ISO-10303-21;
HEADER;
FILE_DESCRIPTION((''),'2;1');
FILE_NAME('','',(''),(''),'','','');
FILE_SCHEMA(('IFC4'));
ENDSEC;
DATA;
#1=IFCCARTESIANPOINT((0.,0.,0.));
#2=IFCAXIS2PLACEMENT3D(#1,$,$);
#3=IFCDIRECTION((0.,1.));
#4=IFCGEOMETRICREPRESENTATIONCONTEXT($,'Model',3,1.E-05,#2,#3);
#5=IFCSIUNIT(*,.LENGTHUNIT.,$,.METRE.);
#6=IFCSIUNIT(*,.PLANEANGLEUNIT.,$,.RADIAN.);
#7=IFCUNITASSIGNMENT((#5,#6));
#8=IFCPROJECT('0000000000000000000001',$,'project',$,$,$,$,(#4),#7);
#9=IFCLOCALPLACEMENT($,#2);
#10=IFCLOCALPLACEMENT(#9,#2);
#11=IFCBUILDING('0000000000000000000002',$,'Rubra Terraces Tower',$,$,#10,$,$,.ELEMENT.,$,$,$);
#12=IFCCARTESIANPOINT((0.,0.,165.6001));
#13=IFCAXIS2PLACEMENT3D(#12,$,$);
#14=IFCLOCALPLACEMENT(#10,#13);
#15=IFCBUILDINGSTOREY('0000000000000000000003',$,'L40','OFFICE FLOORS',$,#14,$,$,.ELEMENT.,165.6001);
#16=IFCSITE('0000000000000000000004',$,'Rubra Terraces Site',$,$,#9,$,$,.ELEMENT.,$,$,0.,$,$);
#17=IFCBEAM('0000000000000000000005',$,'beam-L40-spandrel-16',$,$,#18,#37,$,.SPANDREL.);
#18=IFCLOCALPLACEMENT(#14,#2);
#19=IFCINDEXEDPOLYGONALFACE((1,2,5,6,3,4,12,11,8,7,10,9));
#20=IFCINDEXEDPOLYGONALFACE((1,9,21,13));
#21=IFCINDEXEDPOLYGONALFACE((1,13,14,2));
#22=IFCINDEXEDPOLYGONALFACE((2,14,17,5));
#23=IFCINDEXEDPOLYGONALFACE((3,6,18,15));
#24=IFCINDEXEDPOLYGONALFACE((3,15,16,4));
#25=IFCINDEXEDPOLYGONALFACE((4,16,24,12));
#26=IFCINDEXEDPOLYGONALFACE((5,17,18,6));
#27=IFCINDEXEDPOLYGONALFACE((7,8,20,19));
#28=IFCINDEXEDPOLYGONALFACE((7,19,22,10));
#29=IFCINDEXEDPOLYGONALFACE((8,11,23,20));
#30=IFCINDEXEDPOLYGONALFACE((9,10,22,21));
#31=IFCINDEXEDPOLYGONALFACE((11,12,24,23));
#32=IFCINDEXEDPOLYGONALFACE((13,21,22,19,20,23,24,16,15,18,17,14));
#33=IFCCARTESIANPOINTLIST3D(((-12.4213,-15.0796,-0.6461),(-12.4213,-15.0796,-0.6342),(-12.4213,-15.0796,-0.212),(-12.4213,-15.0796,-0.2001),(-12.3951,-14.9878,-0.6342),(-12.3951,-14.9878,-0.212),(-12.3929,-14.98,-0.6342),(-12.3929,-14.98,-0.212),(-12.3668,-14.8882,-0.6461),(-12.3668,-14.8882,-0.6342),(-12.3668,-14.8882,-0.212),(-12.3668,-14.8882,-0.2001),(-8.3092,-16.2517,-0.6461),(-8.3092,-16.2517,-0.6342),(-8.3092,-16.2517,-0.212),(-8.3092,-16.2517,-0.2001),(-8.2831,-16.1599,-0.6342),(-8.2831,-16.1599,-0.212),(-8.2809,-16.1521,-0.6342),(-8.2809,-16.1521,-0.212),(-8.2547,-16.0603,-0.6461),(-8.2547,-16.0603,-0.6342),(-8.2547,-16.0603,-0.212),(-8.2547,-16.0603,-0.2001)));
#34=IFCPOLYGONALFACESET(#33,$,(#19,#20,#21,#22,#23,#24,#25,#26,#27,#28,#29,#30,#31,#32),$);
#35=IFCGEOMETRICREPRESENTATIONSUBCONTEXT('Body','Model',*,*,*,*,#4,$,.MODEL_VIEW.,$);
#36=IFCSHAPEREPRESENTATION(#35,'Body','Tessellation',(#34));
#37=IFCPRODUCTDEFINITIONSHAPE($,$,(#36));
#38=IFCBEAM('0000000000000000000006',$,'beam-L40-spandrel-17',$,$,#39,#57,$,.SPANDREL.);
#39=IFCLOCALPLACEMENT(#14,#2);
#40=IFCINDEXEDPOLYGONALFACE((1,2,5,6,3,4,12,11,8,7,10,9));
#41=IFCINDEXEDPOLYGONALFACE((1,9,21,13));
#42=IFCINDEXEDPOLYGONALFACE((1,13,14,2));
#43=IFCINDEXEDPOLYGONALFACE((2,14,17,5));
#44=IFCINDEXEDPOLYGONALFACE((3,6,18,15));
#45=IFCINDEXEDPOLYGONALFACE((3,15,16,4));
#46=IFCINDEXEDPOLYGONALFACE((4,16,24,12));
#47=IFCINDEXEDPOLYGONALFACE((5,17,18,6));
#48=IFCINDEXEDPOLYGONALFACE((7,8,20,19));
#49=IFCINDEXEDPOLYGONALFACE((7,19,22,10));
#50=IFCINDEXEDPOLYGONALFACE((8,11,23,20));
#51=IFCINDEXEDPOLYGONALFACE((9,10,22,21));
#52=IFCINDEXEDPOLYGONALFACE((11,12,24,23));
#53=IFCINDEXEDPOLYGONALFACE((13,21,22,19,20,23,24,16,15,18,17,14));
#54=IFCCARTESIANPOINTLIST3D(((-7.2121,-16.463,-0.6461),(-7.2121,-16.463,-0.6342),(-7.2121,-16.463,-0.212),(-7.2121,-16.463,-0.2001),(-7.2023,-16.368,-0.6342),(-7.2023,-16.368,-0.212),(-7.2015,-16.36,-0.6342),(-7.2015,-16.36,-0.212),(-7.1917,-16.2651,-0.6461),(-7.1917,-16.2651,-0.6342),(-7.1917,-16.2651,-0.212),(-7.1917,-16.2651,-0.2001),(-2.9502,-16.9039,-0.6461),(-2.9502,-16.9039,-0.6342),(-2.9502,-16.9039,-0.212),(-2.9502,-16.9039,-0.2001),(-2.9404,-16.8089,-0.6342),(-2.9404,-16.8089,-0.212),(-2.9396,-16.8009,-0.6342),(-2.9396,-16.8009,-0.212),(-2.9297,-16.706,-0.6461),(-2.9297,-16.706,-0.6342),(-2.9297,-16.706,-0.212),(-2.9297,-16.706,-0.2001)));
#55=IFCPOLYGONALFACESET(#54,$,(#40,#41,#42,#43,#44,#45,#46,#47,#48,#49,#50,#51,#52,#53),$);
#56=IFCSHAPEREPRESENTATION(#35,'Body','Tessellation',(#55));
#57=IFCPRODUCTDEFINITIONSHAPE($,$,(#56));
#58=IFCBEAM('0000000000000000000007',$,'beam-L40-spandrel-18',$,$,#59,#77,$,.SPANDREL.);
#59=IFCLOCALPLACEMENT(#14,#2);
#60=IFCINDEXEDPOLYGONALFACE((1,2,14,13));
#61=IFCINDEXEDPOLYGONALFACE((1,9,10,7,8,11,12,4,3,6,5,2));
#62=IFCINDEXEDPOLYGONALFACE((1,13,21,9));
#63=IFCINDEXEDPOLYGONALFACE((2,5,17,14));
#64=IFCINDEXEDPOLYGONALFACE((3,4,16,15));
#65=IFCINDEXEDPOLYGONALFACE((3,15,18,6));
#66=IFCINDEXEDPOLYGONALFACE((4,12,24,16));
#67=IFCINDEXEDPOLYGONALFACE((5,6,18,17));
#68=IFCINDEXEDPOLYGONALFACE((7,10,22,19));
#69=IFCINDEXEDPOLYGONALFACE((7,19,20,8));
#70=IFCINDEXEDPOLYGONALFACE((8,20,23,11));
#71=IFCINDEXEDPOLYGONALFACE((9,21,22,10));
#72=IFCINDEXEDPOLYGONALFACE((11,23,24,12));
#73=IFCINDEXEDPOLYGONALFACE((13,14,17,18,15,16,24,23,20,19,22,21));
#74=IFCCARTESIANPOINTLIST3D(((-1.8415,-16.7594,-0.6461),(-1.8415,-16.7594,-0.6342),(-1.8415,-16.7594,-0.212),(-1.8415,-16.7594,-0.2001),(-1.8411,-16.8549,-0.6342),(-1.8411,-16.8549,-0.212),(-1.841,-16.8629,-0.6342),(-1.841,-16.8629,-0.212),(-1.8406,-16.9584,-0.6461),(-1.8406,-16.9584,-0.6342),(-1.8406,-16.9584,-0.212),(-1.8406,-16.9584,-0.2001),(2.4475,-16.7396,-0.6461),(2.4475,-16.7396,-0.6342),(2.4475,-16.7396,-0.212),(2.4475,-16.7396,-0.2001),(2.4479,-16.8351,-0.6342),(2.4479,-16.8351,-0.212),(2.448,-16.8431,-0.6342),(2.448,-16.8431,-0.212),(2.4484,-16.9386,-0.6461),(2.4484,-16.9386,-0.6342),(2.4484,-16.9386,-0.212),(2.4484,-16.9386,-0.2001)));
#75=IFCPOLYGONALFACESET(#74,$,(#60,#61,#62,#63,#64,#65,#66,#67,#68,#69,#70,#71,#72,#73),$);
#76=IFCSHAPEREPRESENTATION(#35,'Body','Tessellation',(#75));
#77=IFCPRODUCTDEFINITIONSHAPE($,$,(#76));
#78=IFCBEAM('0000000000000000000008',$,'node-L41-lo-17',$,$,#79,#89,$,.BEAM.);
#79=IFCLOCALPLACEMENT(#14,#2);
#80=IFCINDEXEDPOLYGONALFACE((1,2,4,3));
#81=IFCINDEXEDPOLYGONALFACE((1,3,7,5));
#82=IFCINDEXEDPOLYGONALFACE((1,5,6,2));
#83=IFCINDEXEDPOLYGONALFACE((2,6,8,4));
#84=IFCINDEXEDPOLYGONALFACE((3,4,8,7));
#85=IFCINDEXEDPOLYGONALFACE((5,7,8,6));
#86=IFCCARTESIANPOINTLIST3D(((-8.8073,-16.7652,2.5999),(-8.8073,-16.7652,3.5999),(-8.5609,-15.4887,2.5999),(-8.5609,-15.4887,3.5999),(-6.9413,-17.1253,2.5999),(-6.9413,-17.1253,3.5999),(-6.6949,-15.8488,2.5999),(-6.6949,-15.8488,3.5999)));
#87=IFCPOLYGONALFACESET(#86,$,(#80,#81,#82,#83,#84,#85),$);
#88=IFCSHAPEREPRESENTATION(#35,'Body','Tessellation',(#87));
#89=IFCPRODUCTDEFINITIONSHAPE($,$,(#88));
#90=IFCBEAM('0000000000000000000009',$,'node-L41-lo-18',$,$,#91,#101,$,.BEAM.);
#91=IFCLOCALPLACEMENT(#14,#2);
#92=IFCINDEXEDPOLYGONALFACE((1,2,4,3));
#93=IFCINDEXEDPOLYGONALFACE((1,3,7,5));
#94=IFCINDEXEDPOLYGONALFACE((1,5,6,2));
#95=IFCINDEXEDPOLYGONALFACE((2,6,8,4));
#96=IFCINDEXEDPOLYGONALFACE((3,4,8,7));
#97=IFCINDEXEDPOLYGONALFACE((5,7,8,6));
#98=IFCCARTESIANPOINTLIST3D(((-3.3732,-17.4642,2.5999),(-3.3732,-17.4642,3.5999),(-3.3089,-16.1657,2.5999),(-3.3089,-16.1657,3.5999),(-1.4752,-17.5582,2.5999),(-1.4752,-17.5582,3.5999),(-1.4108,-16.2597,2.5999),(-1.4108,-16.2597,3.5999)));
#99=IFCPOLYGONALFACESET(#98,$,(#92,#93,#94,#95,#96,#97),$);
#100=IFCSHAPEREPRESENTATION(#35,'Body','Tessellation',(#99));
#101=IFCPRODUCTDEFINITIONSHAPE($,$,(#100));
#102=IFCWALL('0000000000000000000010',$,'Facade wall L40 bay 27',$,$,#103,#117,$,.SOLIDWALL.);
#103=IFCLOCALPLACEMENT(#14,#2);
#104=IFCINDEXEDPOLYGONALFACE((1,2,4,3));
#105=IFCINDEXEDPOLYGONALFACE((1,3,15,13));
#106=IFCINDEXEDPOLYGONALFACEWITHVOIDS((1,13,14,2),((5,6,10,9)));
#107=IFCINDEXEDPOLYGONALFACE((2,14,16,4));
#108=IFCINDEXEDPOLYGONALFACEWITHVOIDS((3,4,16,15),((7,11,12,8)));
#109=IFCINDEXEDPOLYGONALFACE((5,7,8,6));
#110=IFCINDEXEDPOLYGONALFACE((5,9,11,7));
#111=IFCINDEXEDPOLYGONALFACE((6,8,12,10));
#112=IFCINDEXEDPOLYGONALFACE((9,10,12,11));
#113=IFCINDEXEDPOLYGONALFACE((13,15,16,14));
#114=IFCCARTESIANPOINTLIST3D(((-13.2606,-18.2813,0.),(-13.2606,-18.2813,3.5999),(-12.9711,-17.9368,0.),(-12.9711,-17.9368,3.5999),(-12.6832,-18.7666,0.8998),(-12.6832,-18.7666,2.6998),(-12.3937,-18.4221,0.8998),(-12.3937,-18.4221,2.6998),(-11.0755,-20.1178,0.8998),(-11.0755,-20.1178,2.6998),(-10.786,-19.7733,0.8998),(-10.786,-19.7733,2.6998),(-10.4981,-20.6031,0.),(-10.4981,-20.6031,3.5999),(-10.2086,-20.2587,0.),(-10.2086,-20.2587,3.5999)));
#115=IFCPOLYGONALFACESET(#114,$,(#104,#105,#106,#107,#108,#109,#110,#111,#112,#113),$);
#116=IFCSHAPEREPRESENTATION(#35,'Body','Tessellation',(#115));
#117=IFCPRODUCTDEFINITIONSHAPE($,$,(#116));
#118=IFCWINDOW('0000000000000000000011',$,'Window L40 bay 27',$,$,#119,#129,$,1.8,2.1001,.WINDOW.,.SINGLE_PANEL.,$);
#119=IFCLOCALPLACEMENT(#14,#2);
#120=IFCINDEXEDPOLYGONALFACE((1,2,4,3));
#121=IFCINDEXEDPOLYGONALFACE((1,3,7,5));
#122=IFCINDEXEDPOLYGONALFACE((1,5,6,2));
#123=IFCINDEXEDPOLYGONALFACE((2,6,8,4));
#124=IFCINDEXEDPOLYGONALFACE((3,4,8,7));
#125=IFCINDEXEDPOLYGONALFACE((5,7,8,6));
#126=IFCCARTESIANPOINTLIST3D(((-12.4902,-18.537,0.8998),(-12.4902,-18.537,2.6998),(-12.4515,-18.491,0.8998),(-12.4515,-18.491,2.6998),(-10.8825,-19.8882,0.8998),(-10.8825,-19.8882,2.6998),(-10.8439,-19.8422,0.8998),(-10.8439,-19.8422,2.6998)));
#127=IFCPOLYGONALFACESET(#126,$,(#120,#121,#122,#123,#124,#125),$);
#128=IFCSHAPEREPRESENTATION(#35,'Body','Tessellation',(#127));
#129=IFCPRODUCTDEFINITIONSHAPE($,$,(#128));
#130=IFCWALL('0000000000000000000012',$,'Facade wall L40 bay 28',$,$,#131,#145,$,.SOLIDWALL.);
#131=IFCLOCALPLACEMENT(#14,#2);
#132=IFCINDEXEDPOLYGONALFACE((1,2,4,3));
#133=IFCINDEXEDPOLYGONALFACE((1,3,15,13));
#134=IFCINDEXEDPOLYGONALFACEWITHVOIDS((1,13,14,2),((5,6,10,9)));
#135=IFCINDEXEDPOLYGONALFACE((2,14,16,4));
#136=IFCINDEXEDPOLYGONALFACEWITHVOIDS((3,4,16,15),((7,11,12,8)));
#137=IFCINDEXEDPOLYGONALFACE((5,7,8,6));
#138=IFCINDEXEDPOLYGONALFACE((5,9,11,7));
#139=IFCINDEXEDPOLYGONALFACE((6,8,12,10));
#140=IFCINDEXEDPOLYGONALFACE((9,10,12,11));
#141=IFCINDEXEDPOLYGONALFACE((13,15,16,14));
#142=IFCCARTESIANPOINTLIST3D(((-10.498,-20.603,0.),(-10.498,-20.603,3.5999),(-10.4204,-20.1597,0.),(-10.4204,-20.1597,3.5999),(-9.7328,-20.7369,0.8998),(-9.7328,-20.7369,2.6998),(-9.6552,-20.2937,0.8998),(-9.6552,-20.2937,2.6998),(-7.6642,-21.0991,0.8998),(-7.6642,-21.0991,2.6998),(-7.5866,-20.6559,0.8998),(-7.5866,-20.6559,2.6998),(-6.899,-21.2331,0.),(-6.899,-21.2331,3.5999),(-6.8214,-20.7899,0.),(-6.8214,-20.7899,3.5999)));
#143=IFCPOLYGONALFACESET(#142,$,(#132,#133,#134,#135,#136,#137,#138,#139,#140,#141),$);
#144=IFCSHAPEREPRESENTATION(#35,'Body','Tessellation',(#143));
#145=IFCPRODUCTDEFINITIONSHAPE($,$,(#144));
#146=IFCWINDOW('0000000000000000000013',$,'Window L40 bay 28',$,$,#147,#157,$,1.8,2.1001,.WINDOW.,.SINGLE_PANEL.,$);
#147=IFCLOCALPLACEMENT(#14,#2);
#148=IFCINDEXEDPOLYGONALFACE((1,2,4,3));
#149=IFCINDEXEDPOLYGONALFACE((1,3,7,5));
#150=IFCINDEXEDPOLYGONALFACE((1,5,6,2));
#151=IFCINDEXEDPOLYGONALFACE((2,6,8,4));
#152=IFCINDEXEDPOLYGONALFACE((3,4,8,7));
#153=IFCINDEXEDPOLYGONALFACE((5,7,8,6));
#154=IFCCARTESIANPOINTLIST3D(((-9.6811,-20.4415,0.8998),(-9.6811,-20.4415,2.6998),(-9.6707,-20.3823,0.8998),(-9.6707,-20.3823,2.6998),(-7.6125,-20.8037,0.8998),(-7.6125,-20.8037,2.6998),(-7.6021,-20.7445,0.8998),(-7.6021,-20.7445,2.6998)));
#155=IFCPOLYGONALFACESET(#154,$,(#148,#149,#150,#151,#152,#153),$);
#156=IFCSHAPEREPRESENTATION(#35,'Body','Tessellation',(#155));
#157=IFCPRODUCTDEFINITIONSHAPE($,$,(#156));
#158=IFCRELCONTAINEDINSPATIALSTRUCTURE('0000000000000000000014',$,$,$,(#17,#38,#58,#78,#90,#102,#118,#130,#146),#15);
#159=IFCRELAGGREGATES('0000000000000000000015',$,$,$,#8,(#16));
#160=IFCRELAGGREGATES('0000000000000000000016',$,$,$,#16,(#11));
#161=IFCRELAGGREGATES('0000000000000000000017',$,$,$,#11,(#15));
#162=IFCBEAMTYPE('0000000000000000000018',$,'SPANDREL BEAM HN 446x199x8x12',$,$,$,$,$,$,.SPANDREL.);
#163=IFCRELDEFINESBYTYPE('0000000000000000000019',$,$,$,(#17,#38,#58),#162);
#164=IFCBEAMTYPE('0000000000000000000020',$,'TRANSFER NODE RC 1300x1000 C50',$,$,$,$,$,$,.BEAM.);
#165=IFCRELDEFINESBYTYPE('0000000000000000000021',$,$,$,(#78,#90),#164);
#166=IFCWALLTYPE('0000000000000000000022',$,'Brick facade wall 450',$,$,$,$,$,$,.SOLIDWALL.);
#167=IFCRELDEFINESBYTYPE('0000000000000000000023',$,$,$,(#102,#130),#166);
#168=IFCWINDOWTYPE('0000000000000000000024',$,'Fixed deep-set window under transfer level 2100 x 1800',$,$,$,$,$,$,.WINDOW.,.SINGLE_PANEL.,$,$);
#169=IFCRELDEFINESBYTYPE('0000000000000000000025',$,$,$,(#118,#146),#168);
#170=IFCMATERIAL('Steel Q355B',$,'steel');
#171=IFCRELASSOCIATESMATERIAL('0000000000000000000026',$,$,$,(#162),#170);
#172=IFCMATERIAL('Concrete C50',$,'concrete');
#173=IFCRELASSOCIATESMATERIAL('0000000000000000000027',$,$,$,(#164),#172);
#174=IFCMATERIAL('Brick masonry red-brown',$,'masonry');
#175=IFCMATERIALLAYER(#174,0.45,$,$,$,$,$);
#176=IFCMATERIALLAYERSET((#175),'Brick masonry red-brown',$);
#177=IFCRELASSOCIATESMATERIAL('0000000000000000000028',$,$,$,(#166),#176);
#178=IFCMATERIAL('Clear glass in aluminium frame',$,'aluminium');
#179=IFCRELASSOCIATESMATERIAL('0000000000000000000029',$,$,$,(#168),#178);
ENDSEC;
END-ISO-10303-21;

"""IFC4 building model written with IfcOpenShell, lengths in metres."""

from ifc_helpers import new_model, si_unit, direction, frame, frame_2d, origin, origin_2d, place, context, subcontext, project, spatial, rectangle, i_section, extrude, material, layer, layer_set, material_profile, profile_set, type_object, element, fill, save


model = new_model("IFC4")

# Units and contexts
model_context = context("Model", 3, precision=1e-05, world=origin(), true_north=direction((0.0, 1.0)))
body_context = subcontext(model_context, "Body", "Model", "MODEL_VIEW")
ifc_project = project(units=[si_unit("LENGTHUNIT", "METRE"), si_unit("PLANEANGLEUNIT", "RADIAN")], contexts=[model_context])

# Site, building, storey
site_placement = place(None, origin())
site = spatial("IfcSite", under=ifc_project, at=site_placement, Name="Rubra Terraces Site", CompositionType="ELEMENT", RefElevation=0.0)
building_placement = place(site_placement, origin())
building = spatial("IfcBuilding", under=site, at=building_placement, Name="Rubra Terraces Tower", CompositionType="ELEMENT")
storey_placement = place(building_placement, frame((0.0, 0.0, 165.6001)))
storey = spatial("IfcBuildingStorey", under=building, at=storey_placement, Name="L40", Description="OFFICE FLOORS", CompositionType="ELEMENT", Elevation=165.6001)

# Shared definitions
ifc_material_1 = material(Name="Concrete C50", Category="concrete")

# Beams
ifc_material_2 = material(Name="Steel Q355B", Category="steel")
ifc_material_profile_1 = material_profile(ifc_material_2, i_section(OverallWidth=0.199, OverallDepth=0.446, WebThickness=0.0081, FlangeThickness=0.012, at=origin_2d()), Name="HN 446x199x8x12")
ifc_profile_set_1 = profile_set([ifc_material_profile_1], Name="Steel Q355B")
beam_type_1 = type_object("IfcBeamType", Name="SPANDREL BEAM HN 446x199x8x12", PredefinedType="SPANDREL", material=ifc_profile_set_1)
beam_1_placement = place(storey_placement, frame((-12.394, -14.9839, -0.4231), z_axis=(0.961694, -0.274125, 0.0), x_axis=(0.274125, 0.961694, 0.0)))
element("IfcBeam", 1, at=beam_1_placement, inside=storey, type_object=beam_type_1, Name="beam-L40-spandrel-16", PredefinedType="SPANDREL", context=body_context, shape_type="SweptSolid", body=[
    extrude(i_section(OverallWidth=0.199, OverallDepth=0.446, WebThickness=0.0081, FlangeThickness=0.012, at=origin_2d()), origin(), (0.0, 0.0, 1.0), 4.2759),
])
beam_2_placement = place(storey_placement, frame((-7.2019, -16.364, -0.4231), z_axis=(0.994691, -0.102905, 0.0), x_axis=(0.102905, 0.994691, 0.0)))
element("IfcBeam", 2, at=beam_2_placement, inside=storey, type_object=beam_type_1, Name="beam-L40-spandrel-17", PredefinedType="SPANDREL", context=body_context, shape_type="SweptSolid", body=[
    extrude(i_section(OverallWidth=0.199, OverallDepth=0.446, WebThickness=0.0081, FlangeThickness=0.012, at=origin_2d()), origin(), (0.0, 0.0, 1.0), 4.2847),
])
beam_3_placement = place(storey_placement, frame((-1.8411, -16.8589, -0.4231), z_axis=(0.999989, 0.004611, 0.0), x_axis=(-0.004611, 0.999989, 0.0)))
element("IfcBeam", 3, at=beam_3_placement, inside=storey, type_object=beam_type_1, Name="beam-L40-spandrel-18", PredefinedType="SPANDREL", context=body_context, shape_type="SweptSolid", body=[
    extrude(i_section(OverallWidth=0.199, OverallDepth=0.446, WebThickness=0.0081, FlangeThickness=0.012, at=origin_2d()), origin(), (0.0, 0.0, 1.0), 4.2891),
])
ifc_material_profile_2 = material_profile(ifc_material_1, rectangle(XDim=1.3, YDim=1.0, at=origin_2d()), Name="RC 1300x1000")
ifc_profile_set_2 = profile_set([ifc_material_profile_2], Name="Concrete C50")
beam_type_2 = type_object("IfcBeamType", Name="TRANSFER NODE RC 1300x1000 C50", PredefinedType="BEAM", material=ifc_profile_set_2)
for number, where, z_axis, x_axis, name in (
    (4, (-8.6841, -16.127, 3.0999), (0.981883, -0.189491, 0.0), (0.189491, 0.981883, 0.0), "node-L41-lo-17"),
    (5, (-3.3411, -16.8149, 3.0999), (0.998776, -0.049463, 0.0), (0.049463, 0.998776, 0.0), "node-L41-lo-18"),
):
    element("IfcBeam", number, at=place(storey_placement, frame(where, z_axis=z_axis, x_axis=x_axis)), inside=storey, type_object=beam_type_2, Name=name, PredefinedType="BEAM", context=body_context, shape_type="SweptSolid", body=[
        extrude(rectangle(XDim=1.3, YDim=1.0, at=origin_2d()), origin(), (0.0, 0.0, 1.0), 1.9004),
    ])

# Walls, openings, windows
ifc_material_3 = material(Name="Brick masonry red-brown", Category="masonry")
ifc_layer_1 = layer(ifc_material_3, 0.45)
ifc_layer_set_1 = layer_set([ifc_layer_1], Name="Brick masonry red-brown")
wall_type_1 = type_object("IfcWallType", Name="Brick facade wall 450", PredefinedType="SOLIDWALL", material=ifc_layer_set_1)
wall_1_placement = place(storey_placement, frame((-13.1157, -18.1091, 0.0), z_axis=(0.0, 0.0, 1.0), x_axis=(0.765525, -0.643406, 0.0)))
wall_1 = element("IfcWall", 6, at=wall_1_placement, inside=storey, type_object=wall_type_1, Name="Facade wall L40 bay 27", PredefinedType="SOLIDWALL", context=body_context, shape_type="SweptSolid", body=[
    extrude(rectangle(XDim=3.6086, YDim=0.45, at=frame_2d((1.8042, 0.0))), origin(), (0.0, 0.0, 1.0), 3.5999),
])
opening_1_placement = place(wall_1_placement, frame((0.7542, 0.0, 0.8999)))
opening_1 = element("IfcOpeningElement", 7, at=opening_1_placement, cuts=wall_1, PredefinedType="OPENING", context=body_context, shape_type="SweptSolid", body=[
    extrude(rectangle(XDim=2.1001, YDim=1.8, at=frame_2d((1.05, 0.8999))), frame((0.0, 0.2349, 0.0), z_axis=(0.0, -1.0, 0.0), x_axis=(1.0, 0.0, 0.0)), (0.0, 0.0, 1.0), 0.47),
])
ifc_material_4 = material(Name="Clear glass in aluminium frame", Category="aluminium")
window_type = type_object("IfcWindowType", Name="Fixed deep-set window under transfer level 2100 x 1800", PartitioningType="SINGLE_PANEL", PredefinedType="WINDOW", material=ifc_material_4)
window_1_placement = place(opening_1_placement, origin())
window_1 = element("IfcWindow", 8, at=window_1_placement, inside=storey, type_object=window_type, Name="Window L40 bay 27", OverallHeight=1.8, OverallWidth=2.1001, PartitioningType="SINGLE_PANEL", PredefinedType="WINDOW", context=body_context, shape_type="SweptSolid", body=[
    extrude(rectangle(XDim=2.1001, YDim=1.8, at=frame_2d((1.05, 0.8999))), frame((0.0, 0.135, 0.0), z_axis=(0.0, -1.0, 0.0), x_axis=(1.0, 0.0, 0.0)), (0.0, 0.0, 1.0), 0.0601),
])
fill(opening_1, window_1)
wall_2_placement = place(storey_placement, frame((-10.4592, -20.3813, 0.0), z_axis=(0.0, 0.0, 1.0), x_axis=(0.985017, -0.172455, 0.0)))
wall_2 = element("IfcWall", 9, at=wall_2_placement, inside=storey, type_object=wall_type_1, Name="Facade wall L40 bay 28", PredefinedType="SOLIDWALL", context=body_context, shape_type="SweptSolid", body=[
    extrude(rectangle(XDim=3.6538, YDim=0.45, at=frame_2d((1.8269, 0.0))), origin(), (0.0, 0.0, 1.0), 3.5999),
])
opening_2_placement = place(wall_2_placement, frame((0.7769, 0.0, 0.8999)))
opening_2 = element("IfcOpeningElement", 10, at=opening_2_placement, cuts=wall_2, PredefinedType="OPENING", context=body_context, shape_type="SweptSolid", body=[
    extrude(rectangle(XDim=2.1001, YDim=1.8, at=frame_2d((1.05, 0.8999))), frame((0.0, 0.2349, 0.0), z_axis=(0.0, -1.0, 0.0), x_axis=(1.0, 0.0, 0.0)), (0.0, 0.0, 1.0), 0.47),
])
window_2_placement = place(opening_2_placement, origin())
window_2 = element("IfcWindow", 11, at=window_2_placement, inside=storey, type_object=window_type, Name="Window L40 bay 28", OverallHeight=1.8, OverallWidth=2.1001, PartitioningType="SINGLE_PANEL", PredefinedType="WINDOW", context=body_context, shape_type="SweptSolid", body=[
    extrude(rectangle(XDim=2.1001, YDim=1.8, at=frame_2d((1.05, 0.8999))), frame((0.0, 0.135, 0.0), z_axis=(0.0, -1.0, 0.0), x_axis=(1.0, 0.0, 0.0)), (0.0, 0.0, 1.0), 0.0601),
])
fill(opening_2, window_2)

save(model, "model.ifc")
